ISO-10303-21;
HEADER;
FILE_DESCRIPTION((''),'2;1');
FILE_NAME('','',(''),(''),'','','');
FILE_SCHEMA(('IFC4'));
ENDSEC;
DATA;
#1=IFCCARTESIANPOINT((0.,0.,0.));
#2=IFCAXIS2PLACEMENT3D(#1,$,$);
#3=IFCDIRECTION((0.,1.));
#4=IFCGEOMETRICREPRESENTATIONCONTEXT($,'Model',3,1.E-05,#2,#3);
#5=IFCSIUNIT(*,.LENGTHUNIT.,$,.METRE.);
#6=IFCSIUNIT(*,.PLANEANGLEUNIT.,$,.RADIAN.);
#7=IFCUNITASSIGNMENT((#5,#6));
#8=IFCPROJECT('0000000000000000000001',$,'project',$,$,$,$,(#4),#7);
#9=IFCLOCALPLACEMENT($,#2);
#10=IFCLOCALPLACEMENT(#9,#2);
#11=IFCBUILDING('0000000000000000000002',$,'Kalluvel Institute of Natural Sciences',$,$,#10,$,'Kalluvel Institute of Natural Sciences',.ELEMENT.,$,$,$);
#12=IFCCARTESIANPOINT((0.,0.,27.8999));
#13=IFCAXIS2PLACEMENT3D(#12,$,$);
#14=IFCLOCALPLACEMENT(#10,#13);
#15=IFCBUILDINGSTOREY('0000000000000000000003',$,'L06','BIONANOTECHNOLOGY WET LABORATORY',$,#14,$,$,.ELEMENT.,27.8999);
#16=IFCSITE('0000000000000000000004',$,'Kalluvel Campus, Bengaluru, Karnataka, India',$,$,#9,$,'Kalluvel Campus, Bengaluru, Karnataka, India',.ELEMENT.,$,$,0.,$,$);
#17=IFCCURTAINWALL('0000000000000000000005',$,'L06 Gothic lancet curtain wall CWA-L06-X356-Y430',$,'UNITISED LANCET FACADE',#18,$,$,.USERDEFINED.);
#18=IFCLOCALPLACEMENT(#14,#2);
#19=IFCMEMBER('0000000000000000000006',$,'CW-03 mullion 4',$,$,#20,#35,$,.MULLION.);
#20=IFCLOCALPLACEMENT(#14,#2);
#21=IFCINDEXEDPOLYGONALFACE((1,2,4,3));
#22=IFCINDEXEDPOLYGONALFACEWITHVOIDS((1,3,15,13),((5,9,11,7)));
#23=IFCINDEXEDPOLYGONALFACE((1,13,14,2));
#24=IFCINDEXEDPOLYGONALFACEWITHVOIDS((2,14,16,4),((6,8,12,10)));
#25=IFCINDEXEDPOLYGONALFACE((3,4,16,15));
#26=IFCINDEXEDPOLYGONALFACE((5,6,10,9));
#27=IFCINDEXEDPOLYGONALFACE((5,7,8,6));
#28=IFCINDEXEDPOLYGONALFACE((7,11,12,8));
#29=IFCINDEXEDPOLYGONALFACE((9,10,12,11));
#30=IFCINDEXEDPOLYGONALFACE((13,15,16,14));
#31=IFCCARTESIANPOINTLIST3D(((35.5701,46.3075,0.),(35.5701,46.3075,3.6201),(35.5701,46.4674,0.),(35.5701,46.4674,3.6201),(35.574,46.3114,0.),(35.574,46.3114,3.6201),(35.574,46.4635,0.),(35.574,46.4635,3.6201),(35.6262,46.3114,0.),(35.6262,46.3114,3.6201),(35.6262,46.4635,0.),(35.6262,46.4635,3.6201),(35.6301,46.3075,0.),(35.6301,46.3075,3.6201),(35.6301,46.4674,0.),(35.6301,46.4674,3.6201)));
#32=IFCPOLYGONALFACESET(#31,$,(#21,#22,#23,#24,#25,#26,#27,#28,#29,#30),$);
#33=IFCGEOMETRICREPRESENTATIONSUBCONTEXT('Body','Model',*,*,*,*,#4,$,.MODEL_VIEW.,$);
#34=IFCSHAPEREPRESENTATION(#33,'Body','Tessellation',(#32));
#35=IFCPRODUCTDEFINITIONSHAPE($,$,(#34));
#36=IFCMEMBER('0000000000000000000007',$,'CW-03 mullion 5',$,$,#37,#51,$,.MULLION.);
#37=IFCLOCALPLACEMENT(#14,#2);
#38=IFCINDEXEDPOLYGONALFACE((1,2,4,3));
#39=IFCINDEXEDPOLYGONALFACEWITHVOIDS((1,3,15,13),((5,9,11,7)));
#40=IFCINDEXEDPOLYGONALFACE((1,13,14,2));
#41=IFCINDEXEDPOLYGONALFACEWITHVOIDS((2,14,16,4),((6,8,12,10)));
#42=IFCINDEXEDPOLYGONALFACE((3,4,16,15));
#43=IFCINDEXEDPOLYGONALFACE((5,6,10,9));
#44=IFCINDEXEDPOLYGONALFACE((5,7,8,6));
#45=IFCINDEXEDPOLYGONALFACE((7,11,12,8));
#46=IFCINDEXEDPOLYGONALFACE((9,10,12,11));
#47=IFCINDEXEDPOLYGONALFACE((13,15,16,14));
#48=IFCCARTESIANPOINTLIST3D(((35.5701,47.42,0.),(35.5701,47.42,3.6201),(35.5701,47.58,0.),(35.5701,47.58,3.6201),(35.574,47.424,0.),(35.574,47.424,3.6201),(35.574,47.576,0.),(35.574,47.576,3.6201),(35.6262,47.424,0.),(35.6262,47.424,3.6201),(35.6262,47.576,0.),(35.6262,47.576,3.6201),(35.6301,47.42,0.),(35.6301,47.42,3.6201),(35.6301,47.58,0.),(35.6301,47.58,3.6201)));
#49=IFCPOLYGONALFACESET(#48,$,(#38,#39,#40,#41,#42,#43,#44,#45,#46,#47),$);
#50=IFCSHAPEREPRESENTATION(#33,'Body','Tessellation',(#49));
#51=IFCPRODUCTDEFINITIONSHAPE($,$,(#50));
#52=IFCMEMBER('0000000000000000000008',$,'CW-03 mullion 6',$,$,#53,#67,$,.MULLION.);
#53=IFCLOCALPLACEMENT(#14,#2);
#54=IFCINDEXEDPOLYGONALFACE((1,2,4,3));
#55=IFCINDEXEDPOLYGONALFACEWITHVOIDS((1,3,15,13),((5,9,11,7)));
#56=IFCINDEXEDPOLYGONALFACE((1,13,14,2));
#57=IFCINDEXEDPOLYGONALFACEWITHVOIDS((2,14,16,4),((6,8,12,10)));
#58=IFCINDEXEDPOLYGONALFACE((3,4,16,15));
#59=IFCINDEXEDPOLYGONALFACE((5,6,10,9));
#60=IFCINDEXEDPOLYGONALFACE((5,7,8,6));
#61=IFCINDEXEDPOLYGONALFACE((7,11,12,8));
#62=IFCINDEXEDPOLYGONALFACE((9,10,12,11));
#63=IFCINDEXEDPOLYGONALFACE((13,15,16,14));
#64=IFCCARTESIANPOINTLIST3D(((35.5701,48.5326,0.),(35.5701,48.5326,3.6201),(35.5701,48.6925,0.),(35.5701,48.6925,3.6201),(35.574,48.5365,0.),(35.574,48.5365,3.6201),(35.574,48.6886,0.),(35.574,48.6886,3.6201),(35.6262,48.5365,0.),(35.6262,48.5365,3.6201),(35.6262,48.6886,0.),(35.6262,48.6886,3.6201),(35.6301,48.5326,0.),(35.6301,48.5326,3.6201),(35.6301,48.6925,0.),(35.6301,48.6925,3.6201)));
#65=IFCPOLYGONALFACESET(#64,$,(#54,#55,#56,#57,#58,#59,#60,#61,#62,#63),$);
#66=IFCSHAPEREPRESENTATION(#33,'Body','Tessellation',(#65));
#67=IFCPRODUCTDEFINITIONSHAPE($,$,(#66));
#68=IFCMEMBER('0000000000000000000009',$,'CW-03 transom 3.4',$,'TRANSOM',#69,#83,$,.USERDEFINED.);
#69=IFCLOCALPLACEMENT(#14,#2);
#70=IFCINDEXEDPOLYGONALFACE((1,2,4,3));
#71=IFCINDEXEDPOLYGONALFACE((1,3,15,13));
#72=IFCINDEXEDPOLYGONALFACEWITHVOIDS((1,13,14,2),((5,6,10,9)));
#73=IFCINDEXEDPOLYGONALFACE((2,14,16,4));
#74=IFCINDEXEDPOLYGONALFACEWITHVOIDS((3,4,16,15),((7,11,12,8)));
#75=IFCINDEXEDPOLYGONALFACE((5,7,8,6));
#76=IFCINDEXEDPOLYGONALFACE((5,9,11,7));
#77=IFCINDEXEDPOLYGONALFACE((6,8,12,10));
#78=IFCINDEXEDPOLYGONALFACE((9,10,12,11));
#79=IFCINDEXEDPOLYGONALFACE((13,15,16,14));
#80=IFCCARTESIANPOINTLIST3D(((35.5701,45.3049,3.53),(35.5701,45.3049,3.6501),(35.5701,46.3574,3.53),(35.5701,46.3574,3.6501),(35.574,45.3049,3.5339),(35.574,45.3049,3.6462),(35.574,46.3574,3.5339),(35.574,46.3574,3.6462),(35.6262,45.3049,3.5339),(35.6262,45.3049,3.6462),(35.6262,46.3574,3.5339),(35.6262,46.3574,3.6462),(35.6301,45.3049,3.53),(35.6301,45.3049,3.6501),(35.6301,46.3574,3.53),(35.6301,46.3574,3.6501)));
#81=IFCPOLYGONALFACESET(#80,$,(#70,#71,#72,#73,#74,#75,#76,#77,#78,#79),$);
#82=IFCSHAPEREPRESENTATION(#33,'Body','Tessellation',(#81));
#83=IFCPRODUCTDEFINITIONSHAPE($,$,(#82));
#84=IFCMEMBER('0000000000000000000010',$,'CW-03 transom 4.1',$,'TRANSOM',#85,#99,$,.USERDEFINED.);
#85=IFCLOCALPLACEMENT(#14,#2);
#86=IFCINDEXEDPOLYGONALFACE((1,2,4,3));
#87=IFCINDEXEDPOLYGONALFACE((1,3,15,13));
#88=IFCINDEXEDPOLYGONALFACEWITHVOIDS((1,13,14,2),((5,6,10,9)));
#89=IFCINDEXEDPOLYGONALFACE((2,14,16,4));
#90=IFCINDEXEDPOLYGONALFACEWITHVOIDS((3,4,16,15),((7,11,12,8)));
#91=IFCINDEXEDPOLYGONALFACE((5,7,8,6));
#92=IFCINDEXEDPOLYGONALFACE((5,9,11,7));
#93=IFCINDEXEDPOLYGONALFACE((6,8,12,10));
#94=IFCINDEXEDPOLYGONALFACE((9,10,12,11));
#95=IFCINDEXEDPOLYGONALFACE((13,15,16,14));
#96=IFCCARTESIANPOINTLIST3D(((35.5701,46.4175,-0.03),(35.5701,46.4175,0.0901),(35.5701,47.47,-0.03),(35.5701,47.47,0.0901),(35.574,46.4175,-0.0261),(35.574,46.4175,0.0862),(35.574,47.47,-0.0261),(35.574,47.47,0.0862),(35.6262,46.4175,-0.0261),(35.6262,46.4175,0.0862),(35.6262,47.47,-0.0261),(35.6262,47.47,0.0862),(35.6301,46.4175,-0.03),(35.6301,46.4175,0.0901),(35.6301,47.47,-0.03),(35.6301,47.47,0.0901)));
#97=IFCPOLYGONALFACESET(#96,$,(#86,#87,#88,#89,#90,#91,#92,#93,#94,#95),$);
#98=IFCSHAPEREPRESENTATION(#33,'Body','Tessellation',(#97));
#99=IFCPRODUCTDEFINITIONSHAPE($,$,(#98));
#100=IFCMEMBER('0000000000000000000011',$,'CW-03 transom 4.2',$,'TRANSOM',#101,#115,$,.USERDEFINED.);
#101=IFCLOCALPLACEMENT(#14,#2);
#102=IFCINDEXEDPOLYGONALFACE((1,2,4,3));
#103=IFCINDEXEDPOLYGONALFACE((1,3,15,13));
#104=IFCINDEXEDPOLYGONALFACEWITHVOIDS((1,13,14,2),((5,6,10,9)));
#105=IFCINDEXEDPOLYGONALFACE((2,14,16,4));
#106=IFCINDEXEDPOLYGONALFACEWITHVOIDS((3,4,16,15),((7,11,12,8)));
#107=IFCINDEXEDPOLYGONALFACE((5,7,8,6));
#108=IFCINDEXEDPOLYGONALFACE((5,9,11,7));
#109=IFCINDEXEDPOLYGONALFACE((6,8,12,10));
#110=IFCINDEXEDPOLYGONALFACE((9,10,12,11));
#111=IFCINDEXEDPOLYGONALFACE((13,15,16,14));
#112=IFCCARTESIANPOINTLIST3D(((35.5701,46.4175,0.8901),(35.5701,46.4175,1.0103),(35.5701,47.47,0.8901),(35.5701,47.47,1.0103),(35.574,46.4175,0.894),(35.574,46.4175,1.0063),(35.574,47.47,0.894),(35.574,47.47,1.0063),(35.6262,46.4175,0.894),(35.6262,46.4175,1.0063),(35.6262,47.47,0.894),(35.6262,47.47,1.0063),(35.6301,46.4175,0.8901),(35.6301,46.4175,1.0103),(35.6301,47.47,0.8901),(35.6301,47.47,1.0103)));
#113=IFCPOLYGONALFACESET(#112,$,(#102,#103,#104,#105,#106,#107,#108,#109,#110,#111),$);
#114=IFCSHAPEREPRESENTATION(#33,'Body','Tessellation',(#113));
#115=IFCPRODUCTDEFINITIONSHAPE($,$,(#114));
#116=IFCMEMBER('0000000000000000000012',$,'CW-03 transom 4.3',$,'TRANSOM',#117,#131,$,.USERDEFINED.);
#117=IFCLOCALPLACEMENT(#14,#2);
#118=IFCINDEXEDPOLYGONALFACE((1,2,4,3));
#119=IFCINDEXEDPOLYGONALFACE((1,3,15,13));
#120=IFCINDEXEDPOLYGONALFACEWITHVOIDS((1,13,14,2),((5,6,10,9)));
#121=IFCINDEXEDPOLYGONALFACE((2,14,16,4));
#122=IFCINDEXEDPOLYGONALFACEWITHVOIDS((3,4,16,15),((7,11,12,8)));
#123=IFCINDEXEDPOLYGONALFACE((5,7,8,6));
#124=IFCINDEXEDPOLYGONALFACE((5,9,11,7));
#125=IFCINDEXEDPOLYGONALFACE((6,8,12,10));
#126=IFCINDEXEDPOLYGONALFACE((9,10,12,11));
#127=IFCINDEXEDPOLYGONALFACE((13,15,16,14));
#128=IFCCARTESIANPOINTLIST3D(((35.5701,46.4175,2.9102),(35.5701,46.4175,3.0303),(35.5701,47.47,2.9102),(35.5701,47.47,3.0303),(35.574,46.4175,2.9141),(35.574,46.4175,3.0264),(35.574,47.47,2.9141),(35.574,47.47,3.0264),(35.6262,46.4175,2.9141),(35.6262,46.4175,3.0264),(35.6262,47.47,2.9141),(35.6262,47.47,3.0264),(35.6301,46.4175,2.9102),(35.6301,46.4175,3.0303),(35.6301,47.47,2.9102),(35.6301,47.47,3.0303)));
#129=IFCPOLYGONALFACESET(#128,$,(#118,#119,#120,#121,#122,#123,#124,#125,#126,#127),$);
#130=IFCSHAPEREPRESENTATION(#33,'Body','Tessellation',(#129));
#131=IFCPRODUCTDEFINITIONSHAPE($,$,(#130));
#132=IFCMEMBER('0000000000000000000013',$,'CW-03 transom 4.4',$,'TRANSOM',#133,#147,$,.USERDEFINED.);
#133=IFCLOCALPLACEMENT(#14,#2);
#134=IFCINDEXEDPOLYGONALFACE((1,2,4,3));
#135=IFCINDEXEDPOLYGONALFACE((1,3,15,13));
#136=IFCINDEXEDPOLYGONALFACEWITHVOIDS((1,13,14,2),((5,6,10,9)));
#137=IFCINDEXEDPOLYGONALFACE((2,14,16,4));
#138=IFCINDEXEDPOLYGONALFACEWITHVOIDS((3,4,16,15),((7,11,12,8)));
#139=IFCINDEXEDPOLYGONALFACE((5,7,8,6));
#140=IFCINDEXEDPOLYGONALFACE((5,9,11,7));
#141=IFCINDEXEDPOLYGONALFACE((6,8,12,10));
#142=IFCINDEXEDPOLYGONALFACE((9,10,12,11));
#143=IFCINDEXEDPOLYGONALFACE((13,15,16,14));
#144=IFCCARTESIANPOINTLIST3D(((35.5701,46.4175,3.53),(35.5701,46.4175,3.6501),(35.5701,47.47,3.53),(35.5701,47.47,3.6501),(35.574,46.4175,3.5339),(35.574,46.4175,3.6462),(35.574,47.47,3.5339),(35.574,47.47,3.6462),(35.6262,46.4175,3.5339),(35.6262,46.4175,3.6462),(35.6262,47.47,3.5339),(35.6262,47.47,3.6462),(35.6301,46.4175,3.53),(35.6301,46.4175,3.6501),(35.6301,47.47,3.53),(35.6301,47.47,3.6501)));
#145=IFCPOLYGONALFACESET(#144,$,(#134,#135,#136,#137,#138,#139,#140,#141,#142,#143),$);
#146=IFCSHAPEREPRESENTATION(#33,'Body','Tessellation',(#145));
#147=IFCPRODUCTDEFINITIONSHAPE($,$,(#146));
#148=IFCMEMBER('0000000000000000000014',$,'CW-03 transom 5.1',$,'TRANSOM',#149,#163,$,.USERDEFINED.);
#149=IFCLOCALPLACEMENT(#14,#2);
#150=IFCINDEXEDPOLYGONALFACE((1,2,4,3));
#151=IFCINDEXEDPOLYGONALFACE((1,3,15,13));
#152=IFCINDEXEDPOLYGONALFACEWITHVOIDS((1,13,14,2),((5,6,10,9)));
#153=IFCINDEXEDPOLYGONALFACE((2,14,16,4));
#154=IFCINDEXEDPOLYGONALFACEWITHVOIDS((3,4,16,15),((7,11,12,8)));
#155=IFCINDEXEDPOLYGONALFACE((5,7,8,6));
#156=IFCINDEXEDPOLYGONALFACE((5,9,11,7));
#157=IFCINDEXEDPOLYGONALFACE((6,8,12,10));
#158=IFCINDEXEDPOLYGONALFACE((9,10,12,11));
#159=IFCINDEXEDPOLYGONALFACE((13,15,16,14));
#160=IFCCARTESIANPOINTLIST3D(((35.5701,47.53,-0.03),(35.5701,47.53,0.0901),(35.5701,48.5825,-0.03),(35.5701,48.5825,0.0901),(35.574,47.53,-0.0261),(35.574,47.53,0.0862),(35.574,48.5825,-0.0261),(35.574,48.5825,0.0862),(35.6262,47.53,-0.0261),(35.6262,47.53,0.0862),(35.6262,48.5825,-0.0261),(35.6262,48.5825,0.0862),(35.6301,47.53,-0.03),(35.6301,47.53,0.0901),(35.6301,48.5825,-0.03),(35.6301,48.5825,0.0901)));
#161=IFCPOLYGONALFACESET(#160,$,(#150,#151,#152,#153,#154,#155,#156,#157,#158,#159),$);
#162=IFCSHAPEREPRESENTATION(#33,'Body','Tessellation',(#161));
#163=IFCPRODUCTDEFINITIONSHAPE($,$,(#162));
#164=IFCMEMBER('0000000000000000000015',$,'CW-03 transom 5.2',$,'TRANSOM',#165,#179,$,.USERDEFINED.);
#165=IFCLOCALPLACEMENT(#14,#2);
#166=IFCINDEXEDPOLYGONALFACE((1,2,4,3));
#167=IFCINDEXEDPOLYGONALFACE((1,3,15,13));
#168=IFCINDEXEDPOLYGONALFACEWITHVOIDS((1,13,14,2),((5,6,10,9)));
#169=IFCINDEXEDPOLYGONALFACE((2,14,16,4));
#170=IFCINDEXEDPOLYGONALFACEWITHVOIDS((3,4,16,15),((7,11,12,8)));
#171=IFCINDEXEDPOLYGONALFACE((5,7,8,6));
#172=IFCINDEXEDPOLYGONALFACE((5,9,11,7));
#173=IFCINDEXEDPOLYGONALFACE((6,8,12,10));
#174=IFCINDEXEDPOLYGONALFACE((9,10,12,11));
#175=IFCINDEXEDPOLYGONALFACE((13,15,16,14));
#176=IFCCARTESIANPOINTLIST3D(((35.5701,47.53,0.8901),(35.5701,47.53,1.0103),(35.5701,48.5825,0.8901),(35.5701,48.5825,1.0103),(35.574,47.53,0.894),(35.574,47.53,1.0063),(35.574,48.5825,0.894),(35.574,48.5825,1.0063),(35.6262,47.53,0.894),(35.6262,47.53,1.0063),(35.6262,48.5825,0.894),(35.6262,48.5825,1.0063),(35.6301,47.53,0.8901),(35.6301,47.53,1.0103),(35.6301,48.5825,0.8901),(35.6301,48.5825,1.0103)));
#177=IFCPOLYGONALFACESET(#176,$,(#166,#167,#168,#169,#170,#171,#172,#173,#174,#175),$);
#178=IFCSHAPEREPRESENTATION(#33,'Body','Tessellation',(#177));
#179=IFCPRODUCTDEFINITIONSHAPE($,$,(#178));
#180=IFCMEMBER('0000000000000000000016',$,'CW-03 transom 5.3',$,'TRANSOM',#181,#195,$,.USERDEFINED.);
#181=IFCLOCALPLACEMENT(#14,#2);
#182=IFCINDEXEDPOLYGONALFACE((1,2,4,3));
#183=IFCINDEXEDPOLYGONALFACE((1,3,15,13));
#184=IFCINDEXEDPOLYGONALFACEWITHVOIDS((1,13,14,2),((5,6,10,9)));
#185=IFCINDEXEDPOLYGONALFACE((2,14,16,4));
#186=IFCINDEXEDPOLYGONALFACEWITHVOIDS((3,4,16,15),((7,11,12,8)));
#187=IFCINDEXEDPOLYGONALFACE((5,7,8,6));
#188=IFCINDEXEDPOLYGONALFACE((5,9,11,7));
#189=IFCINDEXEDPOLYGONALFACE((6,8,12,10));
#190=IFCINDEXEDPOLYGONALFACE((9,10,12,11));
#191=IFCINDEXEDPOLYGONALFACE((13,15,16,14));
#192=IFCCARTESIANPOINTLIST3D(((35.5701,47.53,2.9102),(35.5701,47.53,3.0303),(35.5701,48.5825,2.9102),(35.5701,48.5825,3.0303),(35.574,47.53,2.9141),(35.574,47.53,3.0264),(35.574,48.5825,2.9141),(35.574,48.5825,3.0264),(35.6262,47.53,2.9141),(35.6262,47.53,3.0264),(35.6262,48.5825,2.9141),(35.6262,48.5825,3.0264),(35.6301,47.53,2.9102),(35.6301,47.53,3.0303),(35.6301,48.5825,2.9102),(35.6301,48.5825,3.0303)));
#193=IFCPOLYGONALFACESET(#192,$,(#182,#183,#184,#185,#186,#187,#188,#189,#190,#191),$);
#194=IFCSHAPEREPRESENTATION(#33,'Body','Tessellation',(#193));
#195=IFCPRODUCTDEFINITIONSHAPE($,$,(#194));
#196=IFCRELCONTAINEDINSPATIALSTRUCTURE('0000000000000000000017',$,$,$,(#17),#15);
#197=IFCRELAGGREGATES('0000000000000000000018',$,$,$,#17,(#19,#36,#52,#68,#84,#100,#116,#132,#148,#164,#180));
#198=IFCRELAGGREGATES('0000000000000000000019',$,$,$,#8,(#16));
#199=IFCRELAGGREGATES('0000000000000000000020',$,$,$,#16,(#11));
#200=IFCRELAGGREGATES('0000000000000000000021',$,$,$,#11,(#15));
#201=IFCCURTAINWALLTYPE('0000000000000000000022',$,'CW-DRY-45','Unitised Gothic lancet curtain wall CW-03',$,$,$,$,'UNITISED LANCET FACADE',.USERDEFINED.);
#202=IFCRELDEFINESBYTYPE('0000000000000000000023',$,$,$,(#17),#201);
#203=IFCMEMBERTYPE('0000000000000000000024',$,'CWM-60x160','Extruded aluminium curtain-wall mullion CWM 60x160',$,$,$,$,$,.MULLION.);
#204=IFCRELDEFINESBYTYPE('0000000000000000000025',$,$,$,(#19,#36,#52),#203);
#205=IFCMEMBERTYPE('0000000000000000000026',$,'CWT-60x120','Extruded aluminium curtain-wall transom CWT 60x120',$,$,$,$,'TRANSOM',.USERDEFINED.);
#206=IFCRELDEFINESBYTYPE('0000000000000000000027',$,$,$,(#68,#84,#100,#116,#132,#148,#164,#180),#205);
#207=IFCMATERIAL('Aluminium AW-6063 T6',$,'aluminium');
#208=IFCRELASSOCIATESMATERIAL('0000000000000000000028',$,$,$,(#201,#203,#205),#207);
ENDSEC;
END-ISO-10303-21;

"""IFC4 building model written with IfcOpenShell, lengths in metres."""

from ifc_helpers import new_model, si_unit, direction, frame, origin, origin_2d, place, context, subcontext, project, spatial, hollow_rectangle, extrude, material, material_profile, profile_set, type_object, element, aggregate, save


model = new_model("IFC4")

# Units and contexts
model_context = context("Model", 3, precision=1e-05, world=origin(), true_north=direction((0.0, 1.0)))
body_context = subcontext(model_context, "Body", "Model", "MODEL_VIEW")
ifc_project = project(units=[si_unit("LENGTHUNIT", "METRE"), si_unit("PLANEANGLEUNIT", "RADIAN")], contexts=[model_context])

# Site, building, storey
site_placement = place(None, origin())
site = spatial("IfcSite", under=ifc_project, at=site_placement, Name="Kalluvel Campus, Bengaluru, Karnataka, India", LongName="Kalluvel Campus, Bengaluru, Karnataka, India", CompositionType="ELEMENT", RefElevation=0.0)
building_placement = place(site_placement, origin())
building = spatial("IfcBuilding", under=site, at=building_placement, Name="Kalluvel Institute of Natural Sciences", LongName="Kalluvel Institute of Natural Sciences", CompositionType="ELEMENT")
storey_placement = place(building_placement, frame((0.0, 0.0, 27.8999)))
storey = spatial("IfcBuildingStorey", under=building, at=storey_placement, Name="L06", Description="BIONANOTECHNOLOGY WET LABORATORY", CompositionType="ELEMENT", Elevation=27.8999)

# Curtain wall, members
ifc_material_1 = material(Name="Aluminium AW-6063 T6", Category="aluminium")
curtain_wall_type = type_object("IfcCurtainWallType", Name="CW-DRY-45", Description="Unitised Gothic lancet curtain wall CW-03", ElementType="UNITISED LANCET FACADE", PredefinedType="USERDEFINED", material=ifc_material_1)
curtain_wall_placement = place(storey_placement, origin())
curtain_wall = element("IfcCurtainWall", 1, at=curtain_wall_placement, inside=storey, type_object=curtain_wall_type, Name="L06 Gothic lancet curtain wall CWA-L06-X356-Y430", ObjectType="UNITISED LANCET FACADE", PredefinedType="USERDEFINED")
ifc_material_profile_1 = material_profile(ifc_material_1, hollow_rectangle(XDim=0.0601, YDim=0.1599, WallThickness=0.0039, at=origin_2d()), Name="CWM 60x160")
ifc_profile_set_1 = profile_set([ifc_material_profile_1], Name="Aluminium AW-6063 T6")
member_type_1 = type_object("IfcMemberType", Name="CWM-60x160", Description="Extruded aluminium curtain-wall mullion CWM 60x160", PredefinedType="MULLION", material=ifc_profile_set_1)
member_1_placement = place(storey_placement, frame((35.6001, 46.3875, 0.0), z_axis=(0.0, 0.0, 1.0), x_axis=(-1.0, 0.0, 0.0)))
member_1 = element("IfcMember", 2, at=member_1_placement, type_object=member_type_1, Name="CW-03 mullion 4", PredefinedType="MULLION", context=body_context, shape_type="SweptSolid", body=[
    extrude(hollow_rectangle(XDim=0.0601, YDim=0.1599, WallThickness=0.0039, at=origin_2d()), origin(), (0.0, 0.0, 1.0), 3.6201),
])
member_2_placement = place(storey_placement, frame((35.6001, 47.5, 0.0), z_axis=(0.0, 0.0, 1.0), x_axis=(-1.0, 0.0, 0.0)))
member_2 = element("IfcMember", 3, at=member_2_placement, type_object=member_type_1, Name="CW-03 mullion 5", PredefinedType="MULLION", context=body_context, shape_type="SweptSolid", body=[
    extrude(hollow_rectangle(XDim=0.0601, YDim=0.1599, WallThickness=0.0039, at=origin_2d()), origin(), (0.0, 0.0, 1.0), 3.6201),
])
member_3_placement = place(storey_placement, frame((35.6001, 48.6125, 0.0), z_axis=(0.0, 0.0, 1.0), x_axis=(-1.0, 0.0, 0.0)))
member_3 = element("IfcMember", 4, at=member_3_placement, type_object=member_type_1, Name="CW-03 mullion 6", PredefinedType="MULLION", context=body_context, shape_type="SweptSolid", body=[
    extrude(hollow_rectangle(XDim=0.0601, YDim=0.1599, WallThickness=0.0039, at=origin_2d()), origin(), (0.0, 0.0, 1.0), 3.6201),
])
ifc_material_profile_2 = material_profile(ifc_material_1, hollow_rectangle(XDim=0.0601, YDim=0.1201, WallThickness=0.0039, at=origin_2d()), Name="CWT 60x120")
ifc_profile_set_2 = profile_set([ifc_material_profile_2], Name="Aluminium AW-6063 T6")
member_type_2 = type_object("IfcMemberType", Name="CWT-60x120", Description="Extruded aluminium curtain-wall transom CWT 60x120", ElementType="TRANSOM", PredefinedType="USERDEFINED", material=ifc_profile_set_2)
member_4_placement = place(storey_placement, frame((35.6001, 45.3049, 3.5901), z_axis=(0.0, 1.0, 0.0), x_axis=(-1.0, 0.0, 0.0)))
member_4 = element("IfcMember", 5, at=member_4_placement, type_object=member_type_2, Name="CW-03 transom 3.4", ObjectType="TRANSOM", PredefinedType="USERDEFINED", context=body_context, shape_type="SweptSolid", body=[
    extrude(hollow_rectangle(XDim=0.0601, YDim=0.1201, WallThickness=0.0039, at=origin_2d()), origin(), (0.0, 0.0, 1.0), 1.0525),
])
member_5_placement = place(storey_placement, frame((35.6001, 46.4175, 0.03), z_axis=(0.0, 1.0, 0.0), x_axis=(-1.0, 0.0, 0.0)))
member_5 = element("IfcMember", 6, at=member_5_placement, type_object=member_type_2, Name="CW-03 transom 4.1", ObjectType="TRANSOM", PredefinedType="USERDEFINED", context=body_context, shape_type="SweptSolid", body=[
    extrude(hollow_rectangle(XDim=0.0601, YDim=0.1201, WallThickness=0.0039, at=origin_2d()), origin(), (0.0, 0.0, 1.0), 1.0525),
])
member_6_placement = place(storey_placement, frame((35.6001, 46.4175, 0.9502), z_axis=(0.0, 1.0, 0.0), x_axis=(-1.0, 0.0, 0.0)))
member_6 = element("IfcMember", 7, at=member_6_placement, type_object=member_type_2, Name="CW-03 transom 4.2", ObjectType="TRANSOM", PredefinedType="USERDEFINED", context=body_context, shape_type="SweptSolid", body=[
    extrude(hollow_rectangle(XDim=0.0601, YDim=0.1201, WallThickness=0.0039, at=origin_2d()), origin(), (0.0, 0.0, 1.0), 1.0525),
])
member_7_placement = place(storey_placement, frame((35.6001, 46.4175, 2.9702), z_axis=(0.0, 1.0, 0.0), x_axis=(-1.0, 0.0, 0.0)))
member_7 = element("IfcMember", 8, at=member_7_placement, type_object=member_type_2, Name="CW-03 transom 4.3", ObjectType="TRANSOM", PredefinedType="USERDEFINED", context=body_context, shape_type="SweptSolid", body=[
    extrude(hollow_rectangle(XDim=0.0601, YDim=0.1201, WallThickness=0.0039, at=origin_2d()), origin(), (0.0, 0.0, 1.0), 1.0525),
])
member_8_placement = place(storey_placement, frame((35.6001, 46.4175, 3.5901), z_axis=(0.0, 1.0, 0.0), x_axis=(-1.0, 0.0, 0.0)))
member_8 = element("IfcMember", 9, at=member_8_placement, type_object=member_type_2, Name="CW-03 transom 4.4", ObjectType="TRANSOM", PredefinedType="USERDEFINED", context=body_context, shape_type="SweptSolid", body=[
    extrude(hollow_rectangle(XDim=0.0601, YDim=0.1201, WallThickness=0.0039, at=origin_2d()), origin(), (0.0, 0.0, 1.0), 1.0525),
])
member_9_placement = place(storey_placement, frame((35.6001, 47.53, 0.03), z_axis=(0.0, 1.0, 0.0), x_axis=(-1.0, 0.0, 0.0)))
member_9 = element("IfcMember", 10, at=member_9_placement, type_object=member_type_2, Name="CW-03 transom 5.1", ObjectType="TRANSOM", PredefinedType="USERDEFINED", context=body_context, shape_type="SweptSolid", body=[
    extrude(hollow_rectangle(XDim=0.0601, YDim=0.1201, WallThickness=0.0039, at=origin_2d()), origin(), (0.0, 0.0, 1.0), 1.0525),
])
member_10_placement = place(storey_placement, frame((35.6001, 47.53, 0.9502), z_axis=(0.0, 1.0, 0.0), x_axis=(-1.0, 0.0, 0.0)))
member_10 = element("IfcMember", 11, at=member_10_placement, type_object=member_type_2, Name="CW-03 transom 5.2", ObjectType="TRANSOM", PredefinedType="USERDEFINED", context=body_context, shape_type="SweptSolid", body=[
    extrude(hollow_rectangle(XDim=0.0601, YDim=0.1201, WallThickness=0.0039, at=origin_2d()), origin(), (0.0, 0.0, 1.0), 1.0525),
])
member_11_placement = place(storey_placement, frame((35.6001, 47.53, 2.9702), z_axis=(0.0, 1.0, 0.0), x_axis=(-1.0, 0.0, 0.0)))
member_11 = element("IfcMember", 12, at=member_11_placement, type_object=member_type_2, Name="CW-03 transom 5.3", ObjectType="TRANSOM", PredefinedType="USERDEFINED", context=body_context, shape_type="SweptSolid", body=[
    extrude(hollow_rectangle(XDim=0.0601, YDim=0.1201, WallThickness=0.0039, at=origin_2d()), origin(), (0.0, 0.0, 1.0), 1.0525),
])
aggregate(curtain_wall, [member_1, member_2, member_3, member_4, member_5, member_6, member_7, member_8, member_9, member_10, member_11])

save(model, "model.ifc")
